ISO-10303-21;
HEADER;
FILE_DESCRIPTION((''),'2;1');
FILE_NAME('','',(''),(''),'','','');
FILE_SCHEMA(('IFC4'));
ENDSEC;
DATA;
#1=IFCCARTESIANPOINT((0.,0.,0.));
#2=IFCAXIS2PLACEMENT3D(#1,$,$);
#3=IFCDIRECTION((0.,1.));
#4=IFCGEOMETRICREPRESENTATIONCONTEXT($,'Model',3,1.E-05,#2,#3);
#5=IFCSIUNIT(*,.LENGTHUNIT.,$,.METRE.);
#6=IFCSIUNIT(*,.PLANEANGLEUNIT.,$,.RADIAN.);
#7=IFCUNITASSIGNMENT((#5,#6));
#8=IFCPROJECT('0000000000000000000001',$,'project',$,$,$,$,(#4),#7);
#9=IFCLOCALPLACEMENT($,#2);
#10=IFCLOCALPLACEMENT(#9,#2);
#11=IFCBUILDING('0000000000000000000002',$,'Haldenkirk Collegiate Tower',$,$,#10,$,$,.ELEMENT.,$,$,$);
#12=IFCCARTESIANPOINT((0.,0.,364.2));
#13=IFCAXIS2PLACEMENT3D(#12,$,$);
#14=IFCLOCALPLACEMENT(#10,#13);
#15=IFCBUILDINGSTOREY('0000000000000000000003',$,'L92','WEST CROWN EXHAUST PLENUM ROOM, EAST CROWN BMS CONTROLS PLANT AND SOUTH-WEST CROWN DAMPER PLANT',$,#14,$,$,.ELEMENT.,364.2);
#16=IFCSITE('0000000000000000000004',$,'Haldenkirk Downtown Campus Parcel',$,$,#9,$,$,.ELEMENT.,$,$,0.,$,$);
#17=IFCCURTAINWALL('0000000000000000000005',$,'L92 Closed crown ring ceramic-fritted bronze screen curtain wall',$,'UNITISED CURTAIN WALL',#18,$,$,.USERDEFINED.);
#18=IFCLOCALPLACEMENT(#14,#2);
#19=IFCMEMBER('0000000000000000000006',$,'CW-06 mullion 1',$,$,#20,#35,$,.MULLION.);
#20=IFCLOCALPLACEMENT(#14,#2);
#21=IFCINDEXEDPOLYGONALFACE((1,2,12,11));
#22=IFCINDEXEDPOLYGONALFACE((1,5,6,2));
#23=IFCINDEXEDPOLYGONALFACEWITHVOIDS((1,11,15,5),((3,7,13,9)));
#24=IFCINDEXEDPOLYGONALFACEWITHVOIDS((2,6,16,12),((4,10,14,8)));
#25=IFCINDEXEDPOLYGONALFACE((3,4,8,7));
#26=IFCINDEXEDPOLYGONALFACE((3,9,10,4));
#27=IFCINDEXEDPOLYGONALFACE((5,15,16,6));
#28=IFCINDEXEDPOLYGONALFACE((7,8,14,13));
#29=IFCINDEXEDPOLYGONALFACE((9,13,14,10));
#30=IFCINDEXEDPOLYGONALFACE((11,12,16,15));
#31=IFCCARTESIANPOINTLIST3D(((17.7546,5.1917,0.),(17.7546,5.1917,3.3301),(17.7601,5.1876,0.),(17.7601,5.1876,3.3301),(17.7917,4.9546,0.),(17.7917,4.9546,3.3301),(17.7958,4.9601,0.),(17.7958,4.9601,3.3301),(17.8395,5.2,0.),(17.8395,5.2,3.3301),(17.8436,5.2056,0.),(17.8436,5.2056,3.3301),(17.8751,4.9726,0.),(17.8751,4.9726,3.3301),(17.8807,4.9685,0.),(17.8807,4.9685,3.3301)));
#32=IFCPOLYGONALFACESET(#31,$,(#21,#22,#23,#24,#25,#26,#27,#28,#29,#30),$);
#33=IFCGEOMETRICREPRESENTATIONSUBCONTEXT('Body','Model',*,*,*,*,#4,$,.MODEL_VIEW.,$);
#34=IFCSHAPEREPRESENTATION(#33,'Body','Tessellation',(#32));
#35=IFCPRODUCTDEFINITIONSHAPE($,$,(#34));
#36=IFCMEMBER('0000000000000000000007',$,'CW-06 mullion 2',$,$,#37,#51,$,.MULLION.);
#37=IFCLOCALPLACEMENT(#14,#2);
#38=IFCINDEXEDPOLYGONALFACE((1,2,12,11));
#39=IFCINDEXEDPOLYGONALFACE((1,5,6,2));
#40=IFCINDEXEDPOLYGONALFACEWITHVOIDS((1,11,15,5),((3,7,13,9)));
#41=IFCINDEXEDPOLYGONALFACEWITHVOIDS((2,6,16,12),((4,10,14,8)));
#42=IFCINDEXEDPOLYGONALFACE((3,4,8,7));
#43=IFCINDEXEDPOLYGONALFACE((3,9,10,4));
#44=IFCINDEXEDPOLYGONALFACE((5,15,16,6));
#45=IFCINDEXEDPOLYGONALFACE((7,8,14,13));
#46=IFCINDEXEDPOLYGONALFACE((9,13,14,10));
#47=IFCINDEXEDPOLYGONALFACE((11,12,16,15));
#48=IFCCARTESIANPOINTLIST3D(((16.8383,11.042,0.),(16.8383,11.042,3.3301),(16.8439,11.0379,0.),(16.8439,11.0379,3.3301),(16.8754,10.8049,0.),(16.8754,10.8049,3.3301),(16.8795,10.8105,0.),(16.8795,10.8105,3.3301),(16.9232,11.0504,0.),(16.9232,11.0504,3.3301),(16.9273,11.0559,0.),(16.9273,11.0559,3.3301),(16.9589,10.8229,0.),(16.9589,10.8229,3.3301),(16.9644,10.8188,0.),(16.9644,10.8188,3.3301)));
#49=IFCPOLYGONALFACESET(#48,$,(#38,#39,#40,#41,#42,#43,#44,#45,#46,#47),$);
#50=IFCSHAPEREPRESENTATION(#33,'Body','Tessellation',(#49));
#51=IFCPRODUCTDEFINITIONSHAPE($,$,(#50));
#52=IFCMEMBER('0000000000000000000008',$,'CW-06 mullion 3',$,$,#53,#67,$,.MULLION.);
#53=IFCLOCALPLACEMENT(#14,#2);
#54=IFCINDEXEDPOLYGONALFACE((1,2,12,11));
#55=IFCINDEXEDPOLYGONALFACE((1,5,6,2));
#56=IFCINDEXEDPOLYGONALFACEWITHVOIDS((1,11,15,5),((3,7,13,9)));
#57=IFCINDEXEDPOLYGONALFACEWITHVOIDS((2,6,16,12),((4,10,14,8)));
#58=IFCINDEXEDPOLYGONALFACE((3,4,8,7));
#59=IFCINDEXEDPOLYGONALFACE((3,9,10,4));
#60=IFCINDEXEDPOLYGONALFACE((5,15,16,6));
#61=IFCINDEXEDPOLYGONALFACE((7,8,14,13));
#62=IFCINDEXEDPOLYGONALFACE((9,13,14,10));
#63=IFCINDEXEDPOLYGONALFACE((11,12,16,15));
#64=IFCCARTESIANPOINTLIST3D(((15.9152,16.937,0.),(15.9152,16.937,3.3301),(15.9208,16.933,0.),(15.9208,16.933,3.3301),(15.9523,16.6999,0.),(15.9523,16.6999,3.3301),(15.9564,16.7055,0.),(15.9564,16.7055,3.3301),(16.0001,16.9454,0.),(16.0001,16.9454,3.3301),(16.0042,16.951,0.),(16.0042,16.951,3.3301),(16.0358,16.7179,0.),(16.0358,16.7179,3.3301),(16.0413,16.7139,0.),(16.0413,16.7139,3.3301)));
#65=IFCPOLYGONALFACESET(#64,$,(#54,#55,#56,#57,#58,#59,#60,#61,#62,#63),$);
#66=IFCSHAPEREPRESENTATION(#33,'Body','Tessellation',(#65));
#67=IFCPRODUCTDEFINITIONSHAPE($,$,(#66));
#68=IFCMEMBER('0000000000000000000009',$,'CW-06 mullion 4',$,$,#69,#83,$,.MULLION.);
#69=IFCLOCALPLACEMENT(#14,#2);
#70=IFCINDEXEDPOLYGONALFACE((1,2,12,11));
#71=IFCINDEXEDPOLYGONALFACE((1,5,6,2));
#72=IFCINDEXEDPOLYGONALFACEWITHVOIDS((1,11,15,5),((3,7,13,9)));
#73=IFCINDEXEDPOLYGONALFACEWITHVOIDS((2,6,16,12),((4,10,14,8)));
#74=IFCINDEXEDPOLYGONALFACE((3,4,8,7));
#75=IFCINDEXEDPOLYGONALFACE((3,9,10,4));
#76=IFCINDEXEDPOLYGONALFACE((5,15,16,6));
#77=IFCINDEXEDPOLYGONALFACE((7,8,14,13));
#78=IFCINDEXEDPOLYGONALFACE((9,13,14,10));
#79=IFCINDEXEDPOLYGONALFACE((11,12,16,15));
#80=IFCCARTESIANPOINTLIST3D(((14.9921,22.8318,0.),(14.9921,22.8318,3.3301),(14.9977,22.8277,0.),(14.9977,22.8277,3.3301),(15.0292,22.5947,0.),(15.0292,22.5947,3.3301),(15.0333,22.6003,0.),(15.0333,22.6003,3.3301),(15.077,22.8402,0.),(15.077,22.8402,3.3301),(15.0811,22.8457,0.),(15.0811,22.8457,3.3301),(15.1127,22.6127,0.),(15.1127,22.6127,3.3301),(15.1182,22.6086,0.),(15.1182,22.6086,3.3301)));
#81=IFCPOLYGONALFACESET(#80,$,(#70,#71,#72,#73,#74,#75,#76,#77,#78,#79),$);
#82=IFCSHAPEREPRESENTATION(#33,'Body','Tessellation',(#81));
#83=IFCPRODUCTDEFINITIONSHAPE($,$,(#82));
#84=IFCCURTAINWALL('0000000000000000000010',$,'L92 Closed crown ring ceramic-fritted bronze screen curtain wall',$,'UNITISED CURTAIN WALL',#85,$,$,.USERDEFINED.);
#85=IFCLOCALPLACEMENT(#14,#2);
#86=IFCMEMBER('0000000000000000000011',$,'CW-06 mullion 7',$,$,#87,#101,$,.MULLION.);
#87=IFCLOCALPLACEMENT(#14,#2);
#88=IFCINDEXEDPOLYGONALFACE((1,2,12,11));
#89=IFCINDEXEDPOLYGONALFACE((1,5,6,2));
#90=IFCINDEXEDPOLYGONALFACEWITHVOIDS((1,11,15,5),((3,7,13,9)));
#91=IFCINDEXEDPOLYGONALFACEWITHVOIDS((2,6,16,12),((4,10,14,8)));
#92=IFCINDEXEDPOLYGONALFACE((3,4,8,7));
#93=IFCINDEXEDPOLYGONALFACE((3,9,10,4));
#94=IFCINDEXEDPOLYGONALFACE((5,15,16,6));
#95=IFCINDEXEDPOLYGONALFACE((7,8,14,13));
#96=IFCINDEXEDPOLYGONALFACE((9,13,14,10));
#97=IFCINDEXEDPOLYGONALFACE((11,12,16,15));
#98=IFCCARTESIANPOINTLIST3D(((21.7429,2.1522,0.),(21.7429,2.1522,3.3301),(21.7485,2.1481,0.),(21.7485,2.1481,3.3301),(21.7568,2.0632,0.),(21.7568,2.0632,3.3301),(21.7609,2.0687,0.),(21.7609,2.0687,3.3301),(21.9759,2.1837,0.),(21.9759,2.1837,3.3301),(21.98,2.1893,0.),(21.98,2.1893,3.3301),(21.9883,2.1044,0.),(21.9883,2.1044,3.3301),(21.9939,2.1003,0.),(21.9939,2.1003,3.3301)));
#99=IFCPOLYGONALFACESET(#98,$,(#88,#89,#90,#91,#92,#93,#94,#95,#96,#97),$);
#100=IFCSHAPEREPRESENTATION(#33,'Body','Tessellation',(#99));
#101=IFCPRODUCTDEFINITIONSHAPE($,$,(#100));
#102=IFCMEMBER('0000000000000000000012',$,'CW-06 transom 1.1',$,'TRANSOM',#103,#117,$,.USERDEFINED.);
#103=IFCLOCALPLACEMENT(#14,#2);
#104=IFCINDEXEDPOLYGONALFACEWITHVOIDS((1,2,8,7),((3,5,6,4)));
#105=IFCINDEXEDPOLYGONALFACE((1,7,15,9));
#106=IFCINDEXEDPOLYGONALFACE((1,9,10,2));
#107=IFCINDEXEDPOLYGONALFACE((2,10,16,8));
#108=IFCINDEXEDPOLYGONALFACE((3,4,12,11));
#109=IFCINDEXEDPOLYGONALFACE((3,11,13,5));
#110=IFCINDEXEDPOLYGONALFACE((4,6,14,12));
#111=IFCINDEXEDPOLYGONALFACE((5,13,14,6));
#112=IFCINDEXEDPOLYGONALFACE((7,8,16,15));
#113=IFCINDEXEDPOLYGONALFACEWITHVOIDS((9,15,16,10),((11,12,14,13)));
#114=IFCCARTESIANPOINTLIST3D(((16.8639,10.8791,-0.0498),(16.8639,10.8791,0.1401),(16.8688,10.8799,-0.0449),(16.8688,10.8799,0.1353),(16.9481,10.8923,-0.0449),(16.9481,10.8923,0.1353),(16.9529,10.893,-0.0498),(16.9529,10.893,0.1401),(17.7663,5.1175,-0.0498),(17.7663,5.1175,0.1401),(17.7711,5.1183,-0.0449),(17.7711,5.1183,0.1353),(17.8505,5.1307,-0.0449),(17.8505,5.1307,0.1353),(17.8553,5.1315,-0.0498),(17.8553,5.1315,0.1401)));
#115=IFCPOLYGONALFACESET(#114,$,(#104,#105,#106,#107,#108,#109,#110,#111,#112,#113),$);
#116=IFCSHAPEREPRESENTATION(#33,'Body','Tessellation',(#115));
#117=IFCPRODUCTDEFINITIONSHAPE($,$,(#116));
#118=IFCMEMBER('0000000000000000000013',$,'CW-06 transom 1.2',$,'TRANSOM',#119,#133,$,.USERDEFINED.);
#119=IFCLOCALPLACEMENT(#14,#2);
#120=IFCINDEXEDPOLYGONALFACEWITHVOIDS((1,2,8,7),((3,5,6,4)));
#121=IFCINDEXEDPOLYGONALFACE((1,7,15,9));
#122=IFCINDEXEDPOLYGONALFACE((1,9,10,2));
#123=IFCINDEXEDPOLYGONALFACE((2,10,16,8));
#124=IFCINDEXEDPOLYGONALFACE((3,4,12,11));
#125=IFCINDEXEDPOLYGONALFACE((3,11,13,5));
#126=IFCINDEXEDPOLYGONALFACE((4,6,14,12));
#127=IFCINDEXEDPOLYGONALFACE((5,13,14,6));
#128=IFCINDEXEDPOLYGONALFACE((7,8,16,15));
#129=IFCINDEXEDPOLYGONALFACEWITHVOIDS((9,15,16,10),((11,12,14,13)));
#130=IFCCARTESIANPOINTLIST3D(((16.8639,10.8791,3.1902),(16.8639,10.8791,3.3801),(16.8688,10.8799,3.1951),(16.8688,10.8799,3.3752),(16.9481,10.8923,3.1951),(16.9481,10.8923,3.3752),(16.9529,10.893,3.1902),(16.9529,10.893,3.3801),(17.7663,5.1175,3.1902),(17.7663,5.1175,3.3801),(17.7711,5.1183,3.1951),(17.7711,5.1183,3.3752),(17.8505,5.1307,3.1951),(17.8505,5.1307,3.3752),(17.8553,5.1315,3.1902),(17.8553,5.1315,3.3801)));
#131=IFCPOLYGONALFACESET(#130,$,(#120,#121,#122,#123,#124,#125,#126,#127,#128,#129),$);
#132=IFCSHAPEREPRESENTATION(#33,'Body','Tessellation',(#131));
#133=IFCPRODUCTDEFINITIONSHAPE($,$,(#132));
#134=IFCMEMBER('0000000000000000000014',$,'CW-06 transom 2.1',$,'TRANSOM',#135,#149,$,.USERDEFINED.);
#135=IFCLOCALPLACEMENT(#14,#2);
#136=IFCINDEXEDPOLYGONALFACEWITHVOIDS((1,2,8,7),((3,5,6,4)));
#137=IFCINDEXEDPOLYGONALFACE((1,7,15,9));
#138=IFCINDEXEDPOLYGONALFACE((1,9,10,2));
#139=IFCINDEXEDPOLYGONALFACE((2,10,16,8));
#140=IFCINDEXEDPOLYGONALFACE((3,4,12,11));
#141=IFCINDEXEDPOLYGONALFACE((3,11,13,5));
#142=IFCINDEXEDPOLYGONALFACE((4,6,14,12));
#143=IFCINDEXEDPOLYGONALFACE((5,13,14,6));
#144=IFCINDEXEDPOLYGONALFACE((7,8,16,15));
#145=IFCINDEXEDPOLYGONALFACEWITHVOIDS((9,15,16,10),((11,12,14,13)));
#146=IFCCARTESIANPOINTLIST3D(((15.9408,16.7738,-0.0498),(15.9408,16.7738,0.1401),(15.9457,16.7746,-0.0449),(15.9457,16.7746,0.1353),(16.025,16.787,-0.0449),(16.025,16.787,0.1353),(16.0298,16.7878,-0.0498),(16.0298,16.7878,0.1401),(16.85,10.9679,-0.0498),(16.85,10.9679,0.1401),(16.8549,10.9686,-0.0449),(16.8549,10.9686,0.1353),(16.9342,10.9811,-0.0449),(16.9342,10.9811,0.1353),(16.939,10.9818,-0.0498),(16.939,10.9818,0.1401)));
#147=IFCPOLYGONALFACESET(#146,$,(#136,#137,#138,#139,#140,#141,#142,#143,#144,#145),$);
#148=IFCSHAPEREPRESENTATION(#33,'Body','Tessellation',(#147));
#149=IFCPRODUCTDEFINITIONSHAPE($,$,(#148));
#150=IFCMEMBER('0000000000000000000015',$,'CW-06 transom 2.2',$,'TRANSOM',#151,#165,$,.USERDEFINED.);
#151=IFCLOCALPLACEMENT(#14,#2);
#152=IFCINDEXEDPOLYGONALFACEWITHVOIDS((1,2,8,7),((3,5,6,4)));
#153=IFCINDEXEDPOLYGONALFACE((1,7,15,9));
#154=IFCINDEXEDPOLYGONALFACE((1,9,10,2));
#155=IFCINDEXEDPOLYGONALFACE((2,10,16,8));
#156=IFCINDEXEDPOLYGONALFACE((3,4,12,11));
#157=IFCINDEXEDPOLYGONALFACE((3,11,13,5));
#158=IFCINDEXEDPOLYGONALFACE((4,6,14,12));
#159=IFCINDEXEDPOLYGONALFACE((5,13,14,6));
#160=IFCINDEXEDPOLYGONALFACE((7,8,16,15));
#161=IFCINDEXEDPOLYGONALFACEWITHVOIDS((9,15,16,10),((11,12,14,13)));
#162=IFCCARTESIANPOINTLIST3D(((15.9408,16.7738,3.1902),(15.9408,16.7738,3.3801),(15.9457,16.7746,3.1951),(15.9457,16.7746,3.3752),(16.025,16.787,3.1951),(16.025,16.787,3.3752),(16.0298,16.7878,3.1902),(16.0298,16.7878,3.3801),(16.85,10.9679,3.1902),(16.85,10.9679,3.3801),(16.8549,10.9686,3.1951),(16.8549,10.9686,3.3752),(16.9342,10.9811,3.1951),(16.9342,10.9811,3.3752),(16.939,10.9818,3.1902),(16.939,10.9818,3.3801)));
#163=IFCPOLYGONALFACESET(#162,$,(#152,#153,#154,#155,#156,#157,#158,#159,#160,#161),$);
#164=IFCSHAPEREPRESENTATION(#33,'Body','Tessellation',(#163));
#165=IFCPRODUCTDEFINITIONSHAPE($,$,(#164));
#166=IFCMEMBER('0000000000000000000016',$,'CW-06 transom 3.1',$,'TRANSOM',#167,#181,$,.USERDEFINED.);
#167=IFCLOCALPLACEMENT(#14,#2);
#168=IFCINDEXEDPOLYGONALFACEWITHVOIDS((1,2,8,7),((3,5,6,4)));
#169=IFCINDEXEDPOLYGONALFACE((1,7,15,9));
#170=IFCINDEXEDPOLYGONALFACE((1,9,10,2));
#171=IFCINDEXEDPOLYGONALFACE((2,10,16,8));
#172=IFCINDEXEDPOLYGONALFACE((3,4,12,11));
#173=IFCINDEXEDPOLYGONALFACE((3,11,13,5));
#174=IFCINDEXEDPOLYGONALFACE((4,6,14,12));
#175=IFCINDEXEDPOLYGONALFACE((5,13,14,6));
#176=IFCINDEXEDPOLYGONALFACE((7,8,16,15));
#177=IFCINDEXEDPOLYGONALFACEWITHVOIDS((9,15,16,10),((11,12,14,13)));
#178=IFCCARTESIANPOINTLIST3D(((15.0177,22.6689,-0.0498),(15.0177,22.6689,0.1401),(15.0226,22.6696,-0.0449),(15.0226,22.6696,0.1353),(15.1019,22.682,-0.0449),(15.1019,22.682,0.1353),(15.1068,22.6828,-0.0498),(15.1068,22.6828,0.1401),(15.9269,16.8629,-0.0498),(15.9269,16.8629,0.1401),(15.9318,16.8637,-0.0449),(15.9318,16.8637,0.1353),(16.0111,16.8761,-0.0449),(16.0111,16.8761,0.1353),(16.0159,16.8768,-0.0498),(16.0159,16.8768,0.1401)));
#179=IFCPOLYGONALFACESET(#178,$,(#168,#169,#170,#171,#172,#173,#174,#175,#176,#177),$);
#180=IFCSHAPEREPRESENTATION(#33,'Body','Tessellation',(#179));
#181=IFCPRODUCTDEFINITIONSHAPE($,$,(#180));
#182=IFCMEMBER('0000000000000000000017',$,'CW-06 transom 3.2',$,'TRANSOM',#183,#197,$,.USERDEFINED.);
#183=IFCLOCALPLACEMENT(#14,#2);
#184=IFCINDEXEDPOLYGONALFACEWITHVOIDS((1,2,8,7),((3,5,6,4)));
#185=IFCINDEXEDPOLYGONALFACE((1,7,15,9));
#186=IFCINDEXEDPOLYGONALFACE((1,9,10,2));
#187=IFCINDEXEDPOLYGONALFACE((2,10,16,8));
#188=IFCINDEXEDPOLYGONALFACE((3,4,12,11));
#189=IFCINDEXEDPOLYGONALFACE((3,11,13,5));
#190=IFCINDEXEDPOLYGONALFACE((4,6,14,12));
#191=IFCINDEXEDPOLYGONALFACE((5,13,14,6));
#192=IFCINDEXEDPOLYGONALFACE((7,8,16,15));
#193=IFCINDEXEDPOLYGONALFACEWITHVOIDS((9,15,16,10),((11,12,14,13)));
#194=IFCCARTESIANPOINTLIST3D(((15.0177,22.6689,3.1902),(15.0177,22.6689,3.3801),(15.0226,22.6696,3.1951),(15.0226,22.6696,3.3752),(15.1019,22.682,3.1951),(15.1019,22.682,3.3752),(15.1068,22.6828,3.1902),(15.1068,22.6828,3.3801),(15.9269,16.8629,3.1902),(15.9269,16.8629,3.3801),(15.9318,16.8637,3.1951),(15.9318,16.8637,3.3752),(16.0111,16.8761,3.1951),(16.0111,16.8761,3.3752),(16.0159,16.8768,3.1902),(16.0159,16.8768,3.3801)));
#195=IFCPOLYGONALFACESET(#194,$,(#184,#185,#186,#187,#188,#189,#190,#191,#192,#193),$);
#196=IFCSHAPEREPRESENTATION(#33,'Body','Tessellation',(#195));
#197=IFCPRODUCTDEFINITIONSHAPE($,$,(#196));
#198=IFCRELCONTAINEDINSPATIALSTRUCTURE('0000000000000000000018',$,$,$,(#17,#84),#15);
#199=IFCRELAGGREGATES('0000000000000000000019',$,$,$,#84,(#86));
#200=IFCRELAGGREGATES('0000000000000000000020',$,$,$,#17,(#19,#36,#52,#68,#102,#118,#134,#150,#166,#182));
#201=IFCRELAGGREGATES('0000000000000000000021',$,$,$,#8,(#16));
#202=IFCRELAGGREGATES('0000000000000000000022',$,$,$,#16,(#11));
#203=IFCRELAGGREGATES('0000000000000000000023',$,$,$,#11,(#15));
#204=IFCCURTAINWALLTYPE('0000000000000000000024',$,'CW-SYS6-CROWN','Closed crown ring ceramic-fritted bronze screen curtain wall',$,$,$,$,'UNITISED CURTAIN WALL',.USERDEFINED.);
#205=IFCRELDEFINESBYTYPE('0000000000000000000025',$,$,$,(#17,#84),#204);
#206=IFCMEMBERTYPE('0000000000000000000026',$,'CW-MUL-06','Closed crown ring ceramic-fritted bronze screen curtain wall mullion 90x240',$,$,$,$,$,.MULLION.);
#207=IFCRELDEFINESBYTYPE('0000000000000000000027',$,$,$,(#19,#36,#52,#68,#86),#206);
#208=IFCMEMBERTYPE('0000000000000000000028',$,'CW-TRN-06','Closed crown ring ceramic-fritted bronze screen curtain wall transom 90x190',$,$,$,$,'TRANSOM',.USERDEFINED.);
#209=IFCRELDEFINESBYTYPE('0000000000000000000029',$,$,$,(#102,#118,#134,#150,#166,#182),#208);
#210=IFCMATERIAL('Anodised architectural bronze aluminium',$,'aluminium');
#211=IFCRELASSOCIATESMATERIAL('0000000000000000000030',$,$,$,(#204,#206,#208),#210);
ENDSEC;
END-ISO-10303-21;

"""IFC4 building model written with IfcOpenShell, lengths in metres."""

from ifc_helpers import new_model, si_unit, direction, frame, origin, origin_2d, place, context, subcontext, project, spatial, hollow_rectangle, extrude, material, material_profile, profile_set, type_object, element, aggregate, save


model = new_model("IFC4")

# Units and contexts
model_context = context("Model", 3, precision=1e-05, world=origin(), true_north=direction((0.0, 1.0)))
body_context = subcontext(model_context, "Body", "Model", "MODEL_VIEW")
ifc_project = project(units=[si_unit("LENGTHUNIT", "METRE"), si_unit("PLANEANGLEUNIT", "RADIAN")], contexts=[model_context])

# Site, building, storey
site_placement = place(None, origin())
site = spatial("IfcSite", under=ifc_project, at=site_placement, Name="Haldenkirk Downtown Campus Parcel", CompositionType="ELEMENT", RefElevation=0.0)
building_placement = place(site_placement, origin())
building = spatial("IfcBuilding", under=site, at=building_placement, Name="Haldenkirk Collegiate Tower", CompositionType="ELEMENT")
storey_placement = place(building_placement, frame((0.0, 0.0, 364.2)))
storey = spatial("IfcBuildingStorey", under=building, at=storey_placement, Name="L92", Description="WEST CROWN EXHAUST PLENUM ROOM, EAST CROWN BMS CONTROLS PLANT AND SOUTH-WEST CROWN DAMPER PLANT", CompositionType="ELEMENT", Elevation=364.2)

# Curtain wall, members
ifc_material_1 = material(Name="Anodised architectural bronze aluminium", Category="aluminium")
curtain_wall_type = type_object("IfcCurtainWallType", Name="CW-SYS6-CROWN", Description="Closed crown ring ceramic-fritted bronze screen curtain wall", ElementType="UNITISED CURTAIN WALL", PredefinedType="USERDEFINED", material=ifc_material_1)
curtain_wall_1_placement = place(storey_placement, origin())
curtain_wall_1 = element("IfcCurtainWall", 1, at=curtain_wall_1_placement, inside=storey, type_object=curtain_wall_type, Name="L92 Closed crown ring ceramic-fritted bronze screen curtain wall", ObjectType="UNITISED CURTAIN WALL", PredefinedType="USERDEFINED")
ifc_material_profile_1 = material_profile(ifc_material_1, hollow_rectangle(XDim=0.0901, YDim=0.24, WallThickness=0.0049, at=origin_2d()), Name="CW-MUL-06")
ifc_profile_set_1 = profile_set([ifc_material_profile_1], Name="Anodised architectural bronze aluminium")
member_type_1 = type_object("IfcMemberType", Name="CW-MUL-06", Description="Closed crown ring ceramic-fritted bronze screen curtain wall mullion 90x240", PredefinedType="MULLION", material=ifc_profile_set_1)
member_1_placement = place(storey_placement, frame((17.8176, 5.0801, 0.0), z_axis=(0.0, 0.0, 1.0), x_axis=(-0.98796, -0.154713, 0.0)))
member_1 = element("IfcMember", 2, at=member_1_placement, type_object=member_type_1, Name="CW-06 mullion 1", PredefinedType="MULLION", context=body_context, shape_type="SweptSolid", body=[
    extrude(hollow_rectangle(XDim=0.0901, YDim=0.24, WallThickness=0.0049, at=origin_2d()), origin(), (0.0, 0.0, 1.0), 3.3301),
])
member_2_placement = place(storey_placement, frame((16.9014, 10.9304, 0.0), z_axis=(0.0, 0.0, 1.0), x_axis=(-0.98796, -0.154713, 0.0)))
member_2 = element("IfcMember", 3, at=member_2_placement, type_object=member_type_1, Name="CW-06 mullion 2", PredefinedType="MULLION", context=body_context, shape_type="SweptSolid", body=[
    extrude(hollow_rectangle(XDim=0.0901, YDim=0.24, WallThickness=0.0049, at=origin_2d()), origin(), (0.0, 0.0, 1.0), 3.3301),
])
member_3_placement = place(storey_placement, frame((15.9783, 16.8254, 0.0), z_axis=(0.0, 0.0, 1.0), x_axis=(-0.98796, -0.154713, 0.0)))
member_3 = element("IfcMember", 4, at=member_3_placement, type_object=member_type_1, Name="CW-06 mullion 3", PredefinedType="MULLION", context=body_context, shape_type="SweptSolid", body=[
    extrude(hollow_rectangle(XDim=0.0901, YDim=0.24, WallThickness=0.0049, at=origin_2d()), origin(), (0.0, 0.0, 1.0), 3.3301),
])
member_4_placement = place(storey_placement, frame((15.0552, 22.7202, 0.0), z_axis=(0.0, 0.0, 1.0), x_axis=(-0.98796, -0.154713, 0.0)))
member_4 = element("IfcMember", 5, at=member_4_placement, type_object=member_type_1, Name="CW-06 mullion 4", PredefinedType="MULLION", context=body_context, shape_type="SweptSolid", body=[
    extrude(hollow_rectangle(XDim=0.0901, YDim=0.24, WallThickness=0.0049, at=origin_2d()), origin(), (0.0, 0.0, 1.0), 3.3301),
])

# Curtain wall, member
curtain_wall_2_placement = place(storey_placement, origin())
curtain_wall_2 = element("IfcCurtainWall", 6, at=curtain_wall_2_placement, inside=storey, type_object=curtain_wall_type, Name="L92 Closed crown ring ceramic-fritted bronze screen curtain wall", ObjectType="UNITISED CURTAIN WALL", PredefinedType="USERDEFINED")
member_5_placement = place(storey_placement, frame((21.8684, 2.1262, 0.0), z_axis=(0.0, 0.0, 1.0), x_axis=(0.154709, -0.98796, 0.0)))
member_5 = element("IfcMember", 7, at=member_5_placement, type_object=member_type_1, Name="CW-06 mullion 7", PredefinedType="MULLION", context=body_context, shape_type="SweptSolid", body=[
    extrude(hollow_rectangle(XDim=0.0901, YDim=0.24, WallThickness=0.0049, at=origin_2d()), origin(), (0.0, 0.0, 1.0), 3.3301),
])
aggregate(curtain_wall_2, [member_5])

# Members
ifc_material_profile_2 = material_profile(ifc_material_1, hollow_rectangle(XDim=0.0901, YDim=0.1899, WallThickness=0.0049, at=origin_2d()), Name="CW-TRN-06")
ifc_profile_set_2 = profile_set([ifc_material_profile_2], Name="Anodised architectural bronze aluminium")
member_type_2 = type_object("IfcMemberType", Name="CW-TRN-06", Description="Closed crown ring ceramic-fritted bronze screen curtain wall transom 90x190", ElementType="TRANSOM", PredefinedType="USERDEFINED", material=ifc_profile_set_2)
member_6_placement = place(storey_placement, frame((17.8108, 5.1245, 0.0452), z_axis=(-0.154731, 0.987957, 0.0), x_axis=(-0.987957, -0.154731, 0.0)))
member_6 = element("IfcMember", 8, at=member_6_placement, type_object=member_type_2, Name="CW-06 transom 1.1", ObjectType="TRANSOM", PredefinedType="USERDEFINED", context=body_context, shape_type="SweptSolid", body=[
    extrude(hollow_rectangle(XDim=0.0901, YDim=0.1899, WallThickness=0.0049, at=origin_2d()), origin(), (0.0, 0.0, 1.0), 5.8318),
])
member_7_placement = place(storey_placement, frame((17.8108, 5.1245, 3.2852), z_axis=(-0.154731, 0.987957, 0.0), x_axis=(-0.987957, -0.154731, 0.0)))
member_7 = element("IfcMember", 9, at=member_7_placement, type_object=member_type_2, Name="CW-06 transom 1.2", ObjectType="TRANSOM", PredefinedType="USERDEFINED", context=body_context, shape_type="SweptSolid", body=[
    extrude(hollow_rectangle(XDim=0.0901, YDim=0.1899, WallThickness=0.0049, at=origin_2d()), origin(), (0.0, 0.0, 1.0), 5.8318),
])
member_8_placement = place(storey_placement, frame((16.8945, 10.9749, 0.0452), z_axis=(-0.15471, 0.98796, 0.0), x_axis=(-0.98796, -0.15471, 0.0)))
member_8 = element("IfcMember", 10, at=member_8_placement, type_object=member_type_2, Name="CW-06 transom 2.1", ObjectType="TRANSOM", PredefinedType="USERDEFINED", context=body_context, shape_type="SweptSolid", body=[
    extrude(hollow_rectangle(XDim=0.0901, YDim=0.1899, WallThickness=0.0049, at=origin_2d()), origin(), (0.0, 0.0, 1.0), 5.8767),
])
member_9_placement = place(storey_placement, frame((16.8945, 10.9749, 3.2852), z_axis=(-0.15471, 0.98796, 0.0), x_axis=(-0.98796, -0.15471, 0.0)))
member_9 = element("IfcMember", 11, at=member_9_placement, type_object=member_type_2, Name="CW-06 transom 2.2", ObjectType="TRANSOM", PredefinedType="USERDEFINED", context=body_context, shape_type="SweptSolid", body=[
    extrude(hollow_rectangle(XDim=0.0901, YDim=0.1899, WallThickness=0.0049, at=origin_2d()), origin(), (0.0, 0.0, 1.0), 5.8767),
])
member_10_placement = place(storey_placement, frame((15.9714, 16.8699, 0.0452), z_axis=(-0.15471, 0.98796, 0.0), x_axis=(-0.98796, -0.15471, 0.0)))
member_10 = element("IfcMember", 12, at=member_10_placement, type_object=member_type_2, Name="CW-06 transom 3.1", ObjectType="TRANSOM", PredefinedType="USERDEFINED", context=body_context, shape_type="SweptSolid", body=[
    extrude(hollow_rectangle(XDim=0.0901, YDim=0.1899, WallThickness=0.0049, at=origin_2d()), origin(), (0.0, 0.0, 1.0), 5.8767),
])
member_11_placement = place(storey_placement, frame((15.9714, 16.8699, 3.2852), z_axis=(-0.15471, 0.98796, 0.0), x_axis=(-0.98796, -0.15471, 0.0)))
member_11 = element("IfcMember", 13, at=member_11_placement, type_object=member_type_2, Name="CW-06 transom 3.2", ObjectType="TRANSOM", PredefinedType="USERDEFINED", context=body_context, shape_type="SweptSolid", body=[
    extrude(hollow_rectangle(XDim=0.0901, YDim=0.1899, WallThickness=0.0049, at=origin_2d()), origin(), (0.0, 0.0, 1.0), 5.8767),
])

aggregate(curtain_wall_1, [member_1, member_2, member_3, member_4, member_6, member_7, member_8, member_9, member_10, member_11])

save(model, "model.ifc")
